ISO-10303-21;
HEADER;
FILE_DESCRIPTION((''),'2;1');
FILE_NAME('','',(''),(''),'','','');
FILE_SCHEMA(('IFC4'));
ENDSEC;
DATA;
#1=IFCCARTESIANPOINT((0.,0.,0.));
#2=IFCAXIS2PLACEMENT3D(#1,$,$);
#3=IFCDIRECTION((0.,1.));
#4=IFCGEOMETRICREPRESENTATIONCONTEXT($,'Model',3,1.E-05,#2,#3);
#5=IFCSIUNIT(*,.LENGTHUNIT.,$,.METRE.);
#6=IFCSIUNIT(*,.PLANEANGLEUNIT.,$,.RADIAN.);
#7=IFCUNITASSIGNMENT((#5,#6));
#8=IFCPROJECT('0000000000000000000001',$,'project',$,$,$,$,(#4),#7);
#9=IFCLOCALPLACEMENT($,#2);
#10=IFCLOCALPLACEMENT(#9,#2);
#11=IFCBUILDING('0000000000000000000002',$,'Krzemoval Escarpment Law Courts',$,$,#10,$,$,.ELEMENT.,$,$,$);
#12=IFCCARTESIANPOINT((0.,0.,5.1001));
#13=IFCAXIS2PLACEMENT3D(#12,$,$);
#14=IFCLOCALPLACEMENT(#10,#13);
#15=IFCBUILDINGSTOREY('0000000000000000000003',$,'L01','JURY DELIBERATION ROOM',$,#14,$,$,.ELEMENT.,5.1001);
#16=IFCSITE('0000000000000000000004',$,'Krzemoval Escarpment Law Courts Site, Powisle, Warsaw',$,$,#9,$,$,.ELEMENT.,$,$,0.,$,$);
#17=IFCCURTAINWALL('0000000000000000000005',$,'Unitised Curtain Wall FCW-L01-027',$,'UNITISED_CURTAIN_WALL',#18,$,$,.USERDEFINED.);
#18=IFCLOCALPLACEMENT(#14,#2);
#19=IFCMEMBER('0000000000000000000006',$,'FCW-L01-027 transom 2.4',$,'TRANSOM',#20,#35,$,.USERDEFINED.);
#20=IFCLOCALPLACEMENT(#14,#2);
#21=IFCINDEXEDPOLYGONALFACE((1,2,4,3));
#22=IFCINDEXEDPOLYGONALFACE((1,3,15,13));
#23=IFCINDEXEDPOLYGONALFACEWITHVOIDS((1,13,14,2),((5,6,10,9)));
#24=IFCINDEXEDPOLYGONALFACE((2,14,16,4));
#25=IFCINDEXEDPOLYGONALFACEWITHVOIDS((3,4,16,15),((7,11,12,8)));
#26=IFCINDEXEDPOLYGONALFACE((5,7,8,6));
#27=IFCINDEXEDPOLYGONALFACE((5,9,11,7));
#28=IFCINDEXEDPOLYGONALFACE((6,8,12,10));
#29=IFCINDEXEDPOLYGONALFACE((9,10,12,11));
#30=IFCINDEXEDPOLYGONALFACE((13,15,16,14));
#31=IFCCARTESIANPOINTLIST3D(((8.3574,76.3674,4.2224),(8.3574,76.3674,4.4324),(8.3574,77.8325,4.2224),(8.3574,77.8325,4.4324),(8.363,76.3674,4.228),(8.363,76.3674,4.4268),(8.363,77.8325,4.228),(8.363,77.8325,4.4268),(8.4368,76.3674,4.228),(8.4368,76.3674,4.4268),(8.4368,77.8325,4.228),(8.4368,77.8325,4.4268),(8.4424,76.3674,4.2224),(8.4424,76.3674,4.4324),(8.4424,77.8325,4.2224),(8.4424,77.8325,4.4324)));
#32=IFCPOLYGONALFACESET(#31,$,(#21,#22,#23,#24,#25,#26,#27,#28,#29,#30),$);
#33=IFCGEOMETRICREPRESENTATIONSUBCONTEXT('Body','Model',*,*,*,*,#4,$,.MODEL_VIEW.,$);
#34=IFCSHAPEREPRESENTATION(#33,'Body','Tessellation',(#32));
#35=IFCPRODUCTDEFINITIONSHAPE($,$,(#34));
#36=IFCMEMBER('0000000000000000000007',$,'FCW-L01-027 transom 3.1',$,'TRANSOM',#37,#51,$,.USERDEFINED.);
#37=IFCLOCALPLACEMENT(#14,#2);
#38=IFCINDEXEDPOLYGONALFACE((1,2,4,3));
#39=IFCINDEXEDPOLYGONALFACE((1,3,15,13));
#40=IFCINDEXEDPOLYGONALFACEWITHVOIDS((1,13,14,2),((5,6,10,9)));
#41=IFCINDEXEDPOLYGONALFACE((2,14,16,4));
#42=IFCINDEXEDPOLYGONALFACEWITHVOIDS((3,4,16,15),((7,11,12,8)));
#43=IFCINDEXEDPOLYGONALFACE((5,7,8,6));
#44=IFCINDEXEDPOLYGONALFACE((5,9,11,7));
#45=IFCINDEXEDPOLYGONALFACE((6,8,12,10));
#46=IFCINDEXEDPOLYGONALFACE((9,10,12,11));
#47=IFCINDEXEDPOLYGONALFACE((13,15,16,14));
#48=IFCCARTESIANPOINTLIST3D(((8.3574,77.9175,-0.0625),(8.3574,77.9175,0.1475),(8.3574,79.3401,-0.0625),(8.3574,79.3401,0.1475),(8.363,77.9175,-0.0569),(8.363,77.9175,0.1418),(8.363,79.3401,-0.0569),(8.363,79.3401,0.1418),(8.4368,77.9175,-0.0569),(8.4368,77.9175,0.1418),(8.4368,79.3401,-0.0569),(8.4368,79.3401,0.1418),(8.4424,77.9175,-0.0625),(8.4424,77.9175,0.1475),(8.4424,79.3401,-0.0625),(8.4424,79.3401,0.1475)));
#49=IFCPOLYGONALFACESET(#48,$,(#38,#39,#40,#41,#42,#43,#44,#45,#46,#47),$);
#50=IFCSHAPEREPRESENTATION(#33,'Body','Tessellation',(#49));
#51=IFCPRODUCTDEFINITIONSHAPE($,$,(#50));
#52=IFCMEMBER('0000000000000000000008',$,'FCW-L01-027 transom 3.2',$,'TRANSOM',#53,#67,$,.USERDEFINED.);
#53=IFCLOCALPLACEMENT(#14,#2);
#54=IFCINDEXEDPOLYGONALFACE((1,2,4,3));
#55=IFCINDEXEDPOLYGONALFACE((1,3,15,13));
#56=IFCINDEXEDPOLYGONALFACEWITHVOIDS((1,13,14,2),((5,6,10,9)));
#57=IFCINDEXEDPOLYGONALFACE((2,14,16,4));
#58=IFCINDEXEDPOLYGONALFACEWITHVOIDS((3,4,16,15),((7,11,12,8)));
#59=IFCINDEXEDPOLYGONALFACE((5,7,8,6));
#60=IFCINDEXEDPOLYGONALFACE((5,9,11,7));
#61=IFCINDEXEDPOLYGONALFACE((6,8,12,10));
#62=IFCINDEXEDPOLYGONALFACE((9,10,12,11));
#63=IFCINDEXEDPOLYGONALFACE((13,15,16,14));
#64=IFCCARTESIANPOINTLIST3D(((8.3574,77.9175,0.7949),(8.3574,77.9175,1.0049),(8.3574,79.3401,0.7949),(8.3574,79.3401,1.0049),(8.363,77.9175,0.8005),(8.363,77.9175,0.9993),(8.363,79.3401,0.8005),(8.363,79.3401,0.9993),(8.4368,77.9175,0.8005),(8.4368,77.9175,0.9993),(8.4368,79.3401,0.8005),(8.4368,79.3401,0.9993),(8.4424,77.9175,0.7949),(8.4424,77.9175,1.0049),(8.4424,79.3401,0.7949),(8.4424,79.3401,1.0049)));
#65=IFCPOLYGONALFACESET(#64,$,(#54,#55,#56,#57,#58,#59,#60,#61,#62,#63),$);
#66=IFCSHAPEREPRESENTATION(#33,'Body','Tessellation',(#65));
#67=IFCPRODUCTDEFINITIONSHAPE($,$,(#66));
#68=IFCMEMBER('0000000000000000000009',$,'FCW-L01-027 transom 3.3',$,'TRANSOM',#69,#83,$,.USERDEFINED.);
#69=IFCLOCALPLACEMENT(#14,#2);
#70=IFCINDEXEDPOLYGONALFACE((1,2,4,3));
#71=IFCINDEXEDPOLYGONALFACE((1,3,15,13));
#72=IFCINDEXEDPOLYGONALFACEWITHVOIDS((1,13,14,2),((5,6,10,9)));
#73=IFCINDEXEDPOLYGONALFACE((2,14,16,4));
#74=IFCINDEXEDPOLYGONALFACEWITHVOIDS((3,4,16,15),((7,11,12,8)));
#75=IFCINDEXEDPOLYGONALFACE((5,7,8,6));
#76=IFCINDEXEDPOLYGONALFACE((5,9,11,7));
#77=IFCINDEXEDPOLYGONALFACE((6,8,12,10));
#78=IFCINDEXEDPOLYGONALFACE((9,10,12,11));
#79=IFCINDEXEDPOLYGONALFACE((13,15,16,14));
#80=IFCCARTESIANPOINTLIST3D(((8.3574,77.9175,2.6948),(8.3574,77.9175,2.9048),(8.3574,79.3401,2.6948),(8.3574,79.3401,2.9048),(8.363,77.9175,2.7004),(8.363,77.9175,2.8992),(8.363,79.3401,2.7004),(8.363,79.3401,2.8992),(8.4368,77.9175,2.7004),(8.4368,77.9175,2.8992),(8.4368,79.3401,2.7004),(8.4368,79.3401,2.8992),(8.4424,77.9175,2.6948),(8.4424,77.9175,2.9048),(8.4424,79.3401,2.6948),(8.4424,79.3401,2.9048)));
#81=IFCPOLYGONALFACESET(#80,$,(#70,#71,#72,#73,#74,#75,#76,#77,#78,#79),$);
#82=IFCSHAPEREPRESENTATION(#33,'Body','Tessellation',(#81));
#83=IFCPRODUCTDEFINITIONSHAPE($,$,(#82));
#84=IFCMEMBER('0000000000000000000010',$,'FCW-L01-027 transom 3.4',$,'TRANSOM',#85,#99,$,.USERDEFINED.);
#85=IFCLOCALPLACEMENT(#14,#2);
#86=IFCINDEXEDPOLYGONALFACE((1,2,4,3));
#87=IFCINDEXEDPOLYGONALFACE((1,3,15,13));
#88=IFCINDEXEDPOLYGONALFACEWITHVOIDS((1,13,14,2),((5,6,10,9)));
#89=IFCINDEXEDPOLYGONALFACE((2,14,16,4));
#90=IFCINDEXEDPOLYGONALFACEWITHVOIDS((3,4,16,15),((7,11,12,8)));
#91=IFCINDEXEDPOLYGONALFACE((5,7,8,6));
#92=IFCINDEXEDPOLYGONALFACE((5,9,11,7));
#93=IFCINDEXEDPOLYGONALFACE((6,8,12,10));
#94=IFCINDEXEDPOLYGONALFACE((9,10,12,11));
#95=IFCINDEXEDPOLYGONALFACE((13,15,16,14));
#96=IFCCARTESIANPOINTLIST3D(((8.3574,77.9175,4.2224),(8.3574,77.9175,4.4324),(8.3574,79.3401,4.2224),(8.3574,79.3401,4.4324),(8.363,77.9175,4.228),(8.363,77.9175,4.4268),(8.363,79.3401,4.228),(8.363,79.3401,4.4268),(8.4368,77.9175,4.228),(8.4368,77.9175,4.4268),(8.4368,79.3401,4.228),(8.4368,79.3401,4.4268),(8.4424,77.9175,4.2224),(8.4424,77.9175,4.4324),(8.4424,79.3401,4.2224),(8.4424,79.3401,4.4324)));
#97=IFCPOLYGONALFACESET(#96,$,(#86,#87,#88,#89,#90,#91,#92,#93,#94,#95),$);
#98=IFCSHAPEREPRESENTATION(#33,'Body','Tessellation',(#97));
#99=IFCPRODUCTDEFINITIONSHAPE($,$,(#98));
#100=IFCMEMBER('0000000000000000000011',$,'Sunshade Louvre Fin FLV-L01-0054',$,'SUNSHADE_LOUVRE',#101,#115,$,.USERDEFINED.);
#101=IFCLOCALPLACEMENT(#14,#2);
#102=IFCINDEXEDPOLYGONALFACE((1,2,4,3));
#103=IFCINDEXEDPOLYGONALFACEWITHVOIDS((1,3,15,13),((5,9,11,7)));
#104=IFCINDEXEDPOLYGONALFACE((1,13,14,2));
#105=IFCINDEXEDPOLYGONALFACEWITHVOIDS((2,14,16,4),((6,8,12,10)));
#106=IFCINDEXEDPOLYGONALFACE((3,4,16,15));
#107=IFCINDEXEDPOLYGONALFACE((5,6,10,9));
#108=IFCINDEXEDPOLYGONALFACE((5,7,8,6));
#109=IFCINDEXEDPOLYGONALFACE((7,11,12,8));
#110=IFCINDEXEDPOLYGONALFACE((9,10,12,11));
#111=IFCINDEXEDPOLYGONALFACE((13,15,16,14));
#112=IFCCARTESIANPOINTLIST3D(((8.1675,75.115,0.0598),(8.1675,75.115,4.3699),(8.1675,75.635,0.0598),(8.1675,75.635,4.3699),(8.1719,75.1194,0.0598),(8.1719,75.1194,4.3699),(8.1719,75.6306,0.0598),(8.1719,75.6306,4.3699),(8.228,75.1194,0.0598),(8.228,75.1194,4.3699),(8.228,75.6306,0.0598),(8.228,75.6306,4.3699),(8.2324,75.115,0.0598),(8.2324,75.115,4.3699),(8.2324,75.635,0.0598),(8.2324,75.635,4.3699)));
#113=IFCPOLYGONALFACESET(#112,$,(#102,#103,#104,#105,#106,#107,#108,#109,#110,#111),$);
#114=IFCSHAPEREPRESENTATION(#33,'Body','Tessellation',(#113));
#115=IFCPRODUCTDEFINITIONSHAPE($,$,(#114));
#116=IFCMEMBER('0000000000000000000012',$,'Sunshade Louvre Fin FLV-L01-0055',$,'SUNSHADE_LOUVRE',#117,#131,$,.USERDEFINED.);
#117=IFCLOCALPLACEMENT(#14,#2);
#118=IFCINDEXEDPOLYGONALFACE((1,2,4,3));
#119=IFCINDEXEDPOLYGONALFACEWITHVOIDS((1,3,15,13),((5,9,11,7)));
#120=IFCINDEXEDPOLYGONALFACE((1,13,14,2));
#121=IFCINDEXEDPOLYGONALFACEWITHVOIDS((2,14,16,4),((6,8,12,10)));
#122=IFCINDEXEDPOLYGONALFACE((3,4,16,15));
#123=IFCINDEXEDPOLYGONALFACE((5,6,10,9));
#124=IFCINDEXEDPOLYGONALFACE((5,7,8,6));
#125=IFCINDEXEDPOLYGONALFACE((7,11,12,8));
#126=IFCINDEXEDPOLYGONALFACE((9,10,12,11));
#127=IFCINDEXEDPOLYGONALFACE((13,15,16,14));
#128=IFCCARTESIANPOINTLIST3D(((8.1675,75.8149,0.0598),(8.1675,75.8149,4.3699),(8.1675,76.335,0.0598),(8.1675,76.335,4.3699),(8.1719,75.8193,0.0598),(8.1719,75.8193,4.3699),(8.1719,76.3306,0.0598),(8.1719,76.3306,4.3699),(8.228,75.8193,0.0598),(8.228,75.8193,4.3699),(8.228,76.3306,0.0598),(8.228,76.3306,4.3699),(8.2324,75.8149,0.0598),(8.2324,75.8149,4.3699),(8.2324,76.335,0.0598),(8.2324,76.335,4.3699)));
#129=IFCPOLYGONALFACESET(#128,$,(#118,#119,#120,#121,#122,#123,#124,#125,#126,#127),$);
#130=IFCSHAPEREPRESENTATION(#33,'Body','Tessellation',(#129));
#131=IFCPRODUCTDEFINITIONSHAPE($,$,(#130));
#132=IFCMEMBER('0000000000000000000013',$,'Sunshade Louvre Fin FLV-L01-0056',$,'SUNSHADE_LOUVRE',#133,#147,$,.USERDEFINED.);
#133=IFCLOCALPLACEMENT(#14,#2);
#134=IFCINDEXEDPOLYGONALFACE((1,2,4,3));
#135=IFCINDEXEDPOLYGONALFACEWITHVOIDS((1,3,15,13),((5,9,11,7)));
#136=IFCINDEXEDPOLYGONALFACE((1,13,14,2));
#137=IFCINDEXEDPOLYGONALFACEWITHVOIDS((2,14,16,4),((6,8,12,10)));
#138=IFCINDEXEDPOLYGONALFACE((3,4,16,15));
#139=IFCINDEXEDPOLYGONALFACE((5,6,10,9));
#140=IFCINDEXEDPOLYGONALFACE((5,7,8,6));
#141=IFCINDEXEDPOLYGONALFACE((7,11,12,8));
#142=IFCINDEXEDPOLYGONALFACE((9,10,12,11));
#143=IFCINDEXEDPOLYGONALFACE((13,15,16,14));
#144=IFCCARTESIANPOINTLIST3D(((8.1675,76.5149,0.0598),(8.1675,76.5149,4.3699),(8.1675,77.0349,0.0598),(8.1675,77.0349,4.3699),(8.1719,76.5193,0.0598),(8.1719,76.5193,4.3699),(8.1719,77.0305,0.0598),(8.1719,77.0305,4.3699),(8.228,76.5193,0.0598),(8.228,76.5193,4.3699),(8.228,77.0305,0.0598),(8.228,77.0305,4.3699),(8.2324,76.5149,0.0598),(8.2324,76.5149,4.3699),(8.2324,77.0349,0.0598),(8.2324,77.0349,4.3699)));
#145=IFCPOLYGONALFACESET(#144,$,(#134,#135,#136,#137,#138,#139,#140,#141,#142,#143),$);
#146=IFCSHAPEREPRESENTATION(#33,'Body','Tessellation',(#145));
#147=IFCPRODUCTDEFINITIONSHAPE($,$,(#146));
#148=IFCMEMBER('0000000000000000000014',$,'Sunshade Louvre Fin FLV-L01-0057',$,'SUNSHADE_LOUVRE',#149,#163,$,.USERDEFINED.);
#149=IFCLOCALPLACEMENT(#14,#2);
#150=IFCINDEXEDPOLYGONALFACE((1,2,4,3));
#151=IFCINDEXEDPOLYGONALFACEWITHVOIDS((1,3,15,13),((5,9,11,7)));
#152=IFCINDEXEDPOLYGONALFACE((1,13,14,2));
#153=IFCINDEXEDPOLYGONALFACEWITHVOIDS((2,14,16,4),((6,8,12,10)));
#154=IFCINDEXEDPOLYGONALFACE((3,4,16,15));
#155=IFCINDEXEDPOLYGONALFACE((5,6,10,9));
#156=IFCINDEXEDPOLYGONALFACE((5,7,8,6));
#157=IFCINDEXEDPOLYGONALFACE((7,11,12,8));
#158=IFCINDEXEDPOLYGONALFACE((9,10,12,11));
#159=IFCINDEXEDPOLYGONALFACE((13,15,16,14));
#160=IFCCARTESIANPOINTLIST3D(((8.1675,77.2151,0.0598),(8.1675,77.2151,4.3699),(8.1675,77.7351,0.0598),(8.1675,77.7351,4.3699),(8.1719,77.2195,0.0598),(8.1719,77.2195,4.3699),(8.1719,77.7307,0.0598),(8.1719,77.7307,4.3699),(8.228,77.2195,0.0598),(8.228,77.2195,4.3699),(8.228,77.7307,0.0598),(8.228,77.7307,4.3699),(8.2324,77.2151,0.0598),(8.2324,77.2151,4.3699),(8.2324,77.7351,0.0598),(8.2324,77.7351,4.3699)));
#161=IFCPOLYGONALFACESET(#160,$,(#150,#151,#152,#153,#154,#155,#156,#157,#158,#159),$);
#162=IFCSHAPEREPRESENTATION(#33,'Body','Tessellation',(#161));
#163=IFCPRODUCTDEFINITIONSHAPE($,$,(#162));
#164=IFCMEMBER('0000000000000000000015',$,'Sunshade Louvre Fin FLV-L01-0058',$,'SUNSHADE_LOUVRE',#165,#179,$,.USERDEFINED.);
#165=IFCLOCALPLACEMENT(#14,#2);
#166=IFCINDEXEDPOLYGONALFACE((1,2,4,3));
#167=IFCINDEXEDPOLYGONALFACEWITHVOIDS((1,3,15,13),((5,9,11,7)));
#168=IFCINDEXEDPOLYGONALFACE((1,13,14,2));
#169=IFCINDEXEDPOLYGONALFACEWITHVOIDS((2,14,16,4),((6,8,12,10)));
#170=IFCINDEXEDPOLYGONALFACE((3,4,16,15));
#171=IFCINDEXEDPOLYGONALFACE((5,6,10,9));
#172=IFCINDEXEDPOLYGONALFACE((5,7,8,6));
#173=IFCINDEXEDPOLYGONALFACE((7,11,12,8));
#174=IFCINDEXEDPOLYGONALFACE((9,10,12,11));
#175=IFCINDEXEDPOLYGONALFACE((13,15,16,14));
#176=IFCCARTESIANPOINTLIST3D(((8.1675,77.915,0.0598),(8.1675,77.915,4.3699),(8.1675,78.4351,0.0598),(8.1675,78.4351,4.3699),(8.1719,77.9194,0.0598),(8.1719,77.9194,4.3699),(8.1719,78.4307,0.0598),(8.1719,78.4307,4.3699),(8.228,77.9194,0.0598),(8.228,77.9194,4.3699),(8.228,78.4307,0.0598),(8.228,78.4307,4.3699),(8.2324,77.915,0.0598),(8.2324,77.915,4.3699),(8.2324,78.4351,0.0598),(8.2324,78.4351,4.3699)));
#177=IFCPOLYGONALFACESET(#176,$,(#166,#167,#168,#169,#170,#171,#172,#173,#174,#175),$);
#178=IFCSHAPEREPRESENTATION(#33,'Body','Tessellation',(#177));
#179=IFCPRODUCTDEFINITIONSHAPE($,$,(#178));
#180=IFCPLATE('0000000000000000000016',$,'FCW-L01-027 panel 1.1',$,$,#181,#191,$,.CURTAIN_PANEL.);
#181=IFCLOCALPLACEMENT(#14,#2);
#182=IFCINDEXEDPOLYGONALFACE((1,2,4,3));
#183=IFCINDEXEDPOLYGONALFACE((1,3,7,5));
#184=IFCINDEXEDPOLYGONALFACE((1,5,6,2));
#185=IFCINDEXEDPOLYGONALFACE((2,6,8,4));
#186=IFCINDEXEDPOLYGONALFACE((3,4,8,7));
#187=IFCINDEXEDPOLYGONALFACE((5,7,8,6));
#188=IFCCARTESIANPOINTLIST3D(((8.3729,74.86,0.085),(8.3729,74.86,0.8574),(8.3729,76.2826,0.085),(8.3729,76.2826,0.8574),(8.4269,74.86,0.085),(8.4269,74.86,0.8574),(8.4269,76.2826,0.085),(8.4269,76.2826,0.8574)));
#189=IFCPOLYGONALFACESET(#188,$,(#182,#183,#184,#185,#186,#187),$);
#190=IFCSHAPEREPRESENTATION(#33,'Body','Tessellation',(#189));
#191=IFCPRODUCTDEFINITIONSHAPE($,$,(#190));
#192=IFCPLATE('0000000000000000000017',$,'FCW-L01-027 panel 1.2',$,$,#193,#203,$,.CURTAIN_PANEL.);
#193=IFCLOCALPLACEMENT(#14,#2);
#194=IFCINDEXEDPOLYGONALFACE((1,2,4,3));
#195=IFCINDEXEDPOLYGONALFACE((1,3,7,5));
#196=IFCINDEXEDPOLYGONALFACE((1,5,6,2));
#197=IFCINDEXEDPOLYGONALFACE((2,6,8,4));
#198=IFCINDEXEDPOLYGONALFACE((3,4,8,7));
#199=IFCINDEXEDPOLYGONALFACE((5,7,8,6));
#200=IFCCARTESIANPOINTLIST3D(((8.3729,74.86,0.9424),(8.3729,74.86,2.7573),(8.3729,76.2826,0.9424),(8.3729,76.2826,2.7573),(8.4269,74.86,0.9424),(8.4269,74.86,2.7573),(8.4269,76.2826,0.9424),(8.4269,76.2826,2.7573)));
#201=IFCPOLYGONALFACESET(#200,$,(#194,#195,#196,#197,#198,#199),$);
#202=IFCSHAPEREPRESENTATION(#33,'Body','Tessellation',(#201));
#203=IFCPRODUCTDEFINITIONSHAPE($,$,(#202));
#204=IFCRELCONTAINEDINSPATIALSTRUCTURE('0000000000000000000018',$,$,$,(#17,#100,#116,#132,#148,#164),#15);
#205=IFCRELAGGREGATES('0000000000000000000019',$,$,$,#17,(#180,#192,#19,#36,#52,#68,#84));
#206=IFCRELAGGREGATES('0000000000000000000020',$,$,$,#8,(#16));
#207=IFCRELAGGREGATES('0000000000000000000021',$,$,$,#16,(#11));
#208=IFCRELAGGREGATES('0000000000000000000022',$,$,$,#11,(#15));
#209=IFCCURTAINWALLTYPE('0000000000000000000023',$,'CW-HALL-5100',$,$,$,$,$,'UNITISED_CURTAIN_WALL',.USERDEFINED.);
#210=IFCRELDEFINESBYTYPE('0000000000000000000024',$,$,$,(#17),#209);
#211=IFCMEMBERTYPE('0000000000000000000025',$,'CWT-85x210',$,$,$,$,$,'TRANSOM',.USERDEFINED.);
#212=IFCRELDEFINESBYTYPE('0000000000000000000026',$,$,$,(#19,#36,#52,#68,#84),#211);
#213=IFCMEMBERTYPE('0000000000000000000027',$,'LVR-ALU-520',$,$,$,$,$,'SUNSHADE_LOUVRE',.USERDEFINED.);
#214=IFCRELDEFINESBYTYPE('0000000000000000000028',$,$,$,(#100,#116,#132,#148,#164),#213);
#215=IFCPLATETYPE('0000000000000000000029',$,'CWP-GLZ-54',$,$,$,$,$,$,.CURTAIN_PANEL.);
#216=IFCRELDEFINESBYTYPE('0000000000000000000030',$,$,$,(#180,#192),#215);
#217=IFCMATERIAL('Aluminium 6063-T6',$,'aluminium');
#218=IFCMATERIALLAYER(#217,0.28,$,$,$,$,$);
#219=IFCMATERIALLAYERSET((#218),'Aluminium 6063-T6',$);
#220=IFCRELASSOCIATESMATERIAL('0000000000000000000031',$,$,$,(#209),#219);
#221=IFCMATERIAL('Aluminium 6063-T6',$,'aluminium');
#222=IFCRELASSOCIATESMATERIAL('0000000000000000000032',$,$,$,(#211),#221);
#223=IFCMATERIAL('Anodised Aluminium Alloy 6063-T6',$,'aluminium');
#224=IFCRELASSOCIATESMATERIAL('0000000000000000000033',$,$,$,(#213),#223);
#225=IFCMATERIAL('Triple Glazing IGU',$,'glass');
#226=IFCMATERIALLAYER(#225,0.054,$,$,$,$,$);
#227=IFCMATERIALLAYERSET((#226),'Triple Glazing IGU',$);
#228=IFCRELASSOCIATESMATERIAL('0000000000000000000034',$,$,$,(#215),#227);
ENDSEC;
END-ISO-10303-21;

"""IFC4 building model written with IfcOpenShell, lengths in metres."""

from ifc_helpers import new_model, si_unit, direction, frame, origin, origin_2d, place, context, subcontext, project, spatial, rectangle, hollow_rectangle, extrude, material, layer, layer_set, material_profile, profile_set, type_object, element, aggregate, save


model = new_model("IFC4")

# Units and contexts
model_context = context("Model", 3, precision=1e-05, world=origin(), true_north=direction((0.0, 1.0)))
body_context = subcontext(model_context, "Body", "Model", "MODEL_VIEW")
ifc_project = project(units=[si_unit("LENGTHUNIT", "METRE"), si_unit("PLANEANGLEUNIT", "RADIAN")], contexts=[model_context])

# Site, building, storey
site_placement = place(None, origin())
site = spatial("IfcSite", under=ifc_project, at=site_placement, Name="Krzemoval Escarpment Law Courts Site, Powisle, Warsaw", CompositionType="ELEMENT", RefElevation=0.0)
building_placement = place(site_placement, origin())
building = spatial("IfcBuilding", under=site, at=building_placement, Name="Krzemoval Escarpment Law Courts", CompositionType="ELEMENT")
storey_placement = place(building_placement, frame((0.0, 0.0, 5.1001)))
storey = spatial("IfcBuildingStorey", under=building, at=storey_placement, Name="L01", Description="JURY DELIBERATION ROOM", CompositionType="ELEMENT", Elevation=5.1001)

# Curtain wall, members
ifc_material_1 = material(Name="Aluminium 6063-T6", Category="aluminium")
ifc_layer_1 = layer(ifc_material_1, 0.28)
ifc_layer_set_1 = layer_set([ifc_layer_1], Name="Aluminium 6063-T6")
curtain_wall_type = type_object("IfcCurtainWallType", Name="CW-HALL-5100", ElementType="UNITISED_CURTAIN_WALL", PredefinedType="USERDEFINED", material=ifc_layer_set_1)
curtain_wall_placement = place(storey_placement, origin())
curtain_wall = element("IfcCurtainWall", 1, at=curtain_wall_placement, inside=storey, type_object=curtain_wall_type, Name="Unitised Curtain Wall FCW-L01-027", ObjectType="UNITISED_CURTAIN_WALL", PredefinedType="USERDEFINED")
ifc_material_2 = material(Name="Aluminium 6063-T6", Category="aluminium")
ifc_material_profile_1 = material_profile(ifc_material_2, hollow_rectangle(XDim=0.085, YDim=0.21, WallThickness=0.0056, at=origin_2d()), Name="ALU T85x210")
ifc_profile_set_1 = profile_set([ifc_material_profile_1], Name="Aluminium 6063-T6")
member_type_1 = type_object("IfcMemberType", Name="CWT-85x210", ElementType="TRANSOM", PredefinedType="USERDEFINED", material=ifc_profile_set_1)
member_1_placement = place(storey_placement, frame((8.3999, 76.3674, 4.3274), z_axis=(0.0, 1.0, 0.0), x_axis=(-1.0, 0.0, 0.0)))
member_1 = element("IfcMember", 2, at=member_1_placement, type_object=member_type_1, Name="FCW-L01-027 transom 2.4", ObjectType="TRANSOM", PredefinedType="USERDEFINED", context=body_context, shape_type="SweptSolid", body=[
    extrude(hollow_rectangle(XDim=0.085, YDim=0.21, WallThickness=0.0056, at=origin_2d()), origin(), (0.0, 0.0, 1.0), 1.4651),
])
member_2_placement = place(storey_placement, frame((8.3999, 77.9175, 0.0425), z_axis=(0.0, 1.0, 0.0), x_axis=(-1.0, 0.0, 0.0)))
member_2 = element("IfcMember", 3, at=member_2_placement, type_object=member_type_1, Name="FCW-L01-027 transom 3.1", ObjectType="TRANSOM", PredefinedType="USERDEFINED", context=body_context, shape_type="SweptSolid", body=[
    extrude(hollow_rectangle(XDim=0.085, YDim=0.21, WallThickness=0.0056, at=origin_2d()), origin(), (0.0, 0.0, 1.0), 1.4226),
])
member_3_placement = place(storey_placement, frame((8.3999, 77.9175, 0.8999), z_axis=(0.0, 1.0, 0.0), x_axis=(-1.0, 0.0, 0.0)))
member_3 = element("IfcMember", 4, at=member_3_placement, type_object=member_type_1, Name="FCW-L01-027 transom 3.2", ObjectType="TRANSOM", PredefinedType="USERDEFINED", context=body_context, shape_type="SweptSolid", body=[
    extrude(hollow_rectangle(XDim=0.085, YDim=0.21, WallThickness=0.0056, at=origin_2d()), origin(), (0.0, 0.0, 1.0), 1.4226),
])
member_4_placement = place(storey_placement, frame((8.3999, 77.9175, 2.7998), z_axis=(0.0, 1.0, 0.0), x_axis=(-1.0, 0.0, 0.0)))
member_4 = element("IfcMember", 5, at=member_4_placement, type_object=member_type_1, Name="FCW-L01-027 transom 3.3", ObjectType="TRANSOM", PredefinedType="USERDEFINED", context=body_context, shape_type="SweptSolid", body=[
    extrude(hollow_rectangle(XDim=0.085, YDim=0.21, WallThickness=0.0056, at=origin_2d()), origin(), (0.0, 0.0, 1.0), 1.4226),
])
member_5_placement = place(storey_placement, frame((8.3999, 77.9175, 4.3274), z_axis=(0.0, 1.0, 0.0), x_axis=(-1.0, 0.0, 0.0)))
member_5 = element("IfcMember", 6, at=member_5_placement, type_object=member_type_1, Name="FCW-L01-027 transom 3.4", ObjectType="TRANSOM", PredefinedType="USERDEFINED", context=body_context, shape_type="SweptSolid", body=[
    extrude(hollow_rectangle(XDim=0.085, YDim=0.21, WallThickness=0.0056, at=origin_2d()), origin(), (0.0, 0.0, 1.0), 1.4226),
])

# Members
ifc_material_3 = material(Name="Anodised Aluminium Alloy 6063-T6", Category="aluminium")
ifc_material_profile_2 = material_profile(ifc_material_3, hollow_rectangle(XDim=0.0649, YDim=0.52, WallThickness=0.0044, at=origin_2d()), Name="ALU LVR 65x520")
ifc_profile_set_2 = profile_set([ifc_material_profile_2], Name="Anodised Aluminium Alloy 6063-T6")
member_type_2 = type_object("IfcMemberType", Name="LVR-ALU-520", ElementType="SUNSHADE_LOUVRE", PredefinedType="USERDEFINED", material=ifc_profile_set_2)
for number, where, z_axis, x_axis, name in (
    (7, (8.2, 75.375, 0.0598), (0.0, 0.0, 1.0), (1.0, 0.0, 0.0), "Sunshade Louvre Fin FLV-L01-0054"),
    (8, (8.2, 76.075, 0.0598), (0.0, 0.0, 1.0), (1.0, 0.0, 0.0), "Sunshade Louvre Fin FLV-L01-0055"),
    (9, (8.2, 76.7749, 0.0598), (0.0, 0.0, 1.0), (1.0, 0.0, 0.0), "Sunshade Louvre Fin FLV-L01-0056"),
    (10, (8.2, 77.4751, 0.0598), (0.0, 0.0, 1.0), (1.0, 0.0, 0.0), "Sunshade Louvre Fin FLV-L01-0057"),
    (11, (8.2, 78.175, 0.0598), (0.0, 0.0, 1.0), (1.0, 0.0, 0.0), "Sunshade Louvre Fin FLV-L01-0058"),
):
    element("IfcMember", number, at=place(storey_placement, frame(where, z_axis=z_axis, x_axis=x_axis)), inside=storey, type_object=member_type_2, Name=name, ObjectType="SUNSHADE_LOUVRE", PredefinedType="USERDEFINED", context=body_context, shape_type="SweptSolid", body=[
        extrude(hollow_rectangle(XDim=0.0649, YDim=0.52, WallThickness=0.0044, at=origin_2d()), origin(), (0.0, 0.0, 1.0), 4.3101),
    ])

# Plates
ifc_material_4 = material(Name="Triple Glazing IGU", Category="glass")
ifc_layer_2 = layer(ifc_material_4, 0.054)
ifc_layer_set_2 = layer_set([ifc_layer_2], Name="Triple Glazing IGU")
plate_type = type_object("IfcPlateType", Name="CWP-GLZ-54", PredefinedType="CURTAIN_PANEL", material=ifc_layer_set_2)
plate_1_placement = place(storey_placement, frame((8.3999, 75.5713, 0.085), z_axis=(0.0, 0.0, 1.0), x_axis=(0.0, 1.0, 0.0)))
plate_1 = element("IfcPlate", 12, at=plate_1_placement, type_object=plate_type, Name="FCW-L01-027 panel 1.1", PredefinedType="CURTAIN_PANEL", context=body_context, shape_type="SweptSolid", body=[
    extrude(rectangle(XDim=1.4226, YDim=0.054, at=origin_2d()), origin(), (0.0, 0.0, 1.0), 0.7725),
])
plate_2_placement = place(storey_placement, frame((8.3999, 75.5713, 0.9424), z_axis=(0.0, 0.0, 1.0), x_axis=(0.0, 1.0, 0.0)))
plate_2 = element("IfcPlate", 13, at=plate_2_placement, type_object=plate_type, Name="FCW-L01-027 panel 1.2", PredefinedType="CURTAIN_PANEL", context=body_context, shape_type="SweptSolid", body=[
    extrude(rectangle(XDim=1.4226, YDim=0.054, at=origin_2d()), origin(), (0.0, 0.0, 1.0), 1.8149),
])
aggregate(curtain_wall, [plate_1, plate_2, member_1, member_2, member_3, member_4, member_5])

save(model, "model.ifc")
